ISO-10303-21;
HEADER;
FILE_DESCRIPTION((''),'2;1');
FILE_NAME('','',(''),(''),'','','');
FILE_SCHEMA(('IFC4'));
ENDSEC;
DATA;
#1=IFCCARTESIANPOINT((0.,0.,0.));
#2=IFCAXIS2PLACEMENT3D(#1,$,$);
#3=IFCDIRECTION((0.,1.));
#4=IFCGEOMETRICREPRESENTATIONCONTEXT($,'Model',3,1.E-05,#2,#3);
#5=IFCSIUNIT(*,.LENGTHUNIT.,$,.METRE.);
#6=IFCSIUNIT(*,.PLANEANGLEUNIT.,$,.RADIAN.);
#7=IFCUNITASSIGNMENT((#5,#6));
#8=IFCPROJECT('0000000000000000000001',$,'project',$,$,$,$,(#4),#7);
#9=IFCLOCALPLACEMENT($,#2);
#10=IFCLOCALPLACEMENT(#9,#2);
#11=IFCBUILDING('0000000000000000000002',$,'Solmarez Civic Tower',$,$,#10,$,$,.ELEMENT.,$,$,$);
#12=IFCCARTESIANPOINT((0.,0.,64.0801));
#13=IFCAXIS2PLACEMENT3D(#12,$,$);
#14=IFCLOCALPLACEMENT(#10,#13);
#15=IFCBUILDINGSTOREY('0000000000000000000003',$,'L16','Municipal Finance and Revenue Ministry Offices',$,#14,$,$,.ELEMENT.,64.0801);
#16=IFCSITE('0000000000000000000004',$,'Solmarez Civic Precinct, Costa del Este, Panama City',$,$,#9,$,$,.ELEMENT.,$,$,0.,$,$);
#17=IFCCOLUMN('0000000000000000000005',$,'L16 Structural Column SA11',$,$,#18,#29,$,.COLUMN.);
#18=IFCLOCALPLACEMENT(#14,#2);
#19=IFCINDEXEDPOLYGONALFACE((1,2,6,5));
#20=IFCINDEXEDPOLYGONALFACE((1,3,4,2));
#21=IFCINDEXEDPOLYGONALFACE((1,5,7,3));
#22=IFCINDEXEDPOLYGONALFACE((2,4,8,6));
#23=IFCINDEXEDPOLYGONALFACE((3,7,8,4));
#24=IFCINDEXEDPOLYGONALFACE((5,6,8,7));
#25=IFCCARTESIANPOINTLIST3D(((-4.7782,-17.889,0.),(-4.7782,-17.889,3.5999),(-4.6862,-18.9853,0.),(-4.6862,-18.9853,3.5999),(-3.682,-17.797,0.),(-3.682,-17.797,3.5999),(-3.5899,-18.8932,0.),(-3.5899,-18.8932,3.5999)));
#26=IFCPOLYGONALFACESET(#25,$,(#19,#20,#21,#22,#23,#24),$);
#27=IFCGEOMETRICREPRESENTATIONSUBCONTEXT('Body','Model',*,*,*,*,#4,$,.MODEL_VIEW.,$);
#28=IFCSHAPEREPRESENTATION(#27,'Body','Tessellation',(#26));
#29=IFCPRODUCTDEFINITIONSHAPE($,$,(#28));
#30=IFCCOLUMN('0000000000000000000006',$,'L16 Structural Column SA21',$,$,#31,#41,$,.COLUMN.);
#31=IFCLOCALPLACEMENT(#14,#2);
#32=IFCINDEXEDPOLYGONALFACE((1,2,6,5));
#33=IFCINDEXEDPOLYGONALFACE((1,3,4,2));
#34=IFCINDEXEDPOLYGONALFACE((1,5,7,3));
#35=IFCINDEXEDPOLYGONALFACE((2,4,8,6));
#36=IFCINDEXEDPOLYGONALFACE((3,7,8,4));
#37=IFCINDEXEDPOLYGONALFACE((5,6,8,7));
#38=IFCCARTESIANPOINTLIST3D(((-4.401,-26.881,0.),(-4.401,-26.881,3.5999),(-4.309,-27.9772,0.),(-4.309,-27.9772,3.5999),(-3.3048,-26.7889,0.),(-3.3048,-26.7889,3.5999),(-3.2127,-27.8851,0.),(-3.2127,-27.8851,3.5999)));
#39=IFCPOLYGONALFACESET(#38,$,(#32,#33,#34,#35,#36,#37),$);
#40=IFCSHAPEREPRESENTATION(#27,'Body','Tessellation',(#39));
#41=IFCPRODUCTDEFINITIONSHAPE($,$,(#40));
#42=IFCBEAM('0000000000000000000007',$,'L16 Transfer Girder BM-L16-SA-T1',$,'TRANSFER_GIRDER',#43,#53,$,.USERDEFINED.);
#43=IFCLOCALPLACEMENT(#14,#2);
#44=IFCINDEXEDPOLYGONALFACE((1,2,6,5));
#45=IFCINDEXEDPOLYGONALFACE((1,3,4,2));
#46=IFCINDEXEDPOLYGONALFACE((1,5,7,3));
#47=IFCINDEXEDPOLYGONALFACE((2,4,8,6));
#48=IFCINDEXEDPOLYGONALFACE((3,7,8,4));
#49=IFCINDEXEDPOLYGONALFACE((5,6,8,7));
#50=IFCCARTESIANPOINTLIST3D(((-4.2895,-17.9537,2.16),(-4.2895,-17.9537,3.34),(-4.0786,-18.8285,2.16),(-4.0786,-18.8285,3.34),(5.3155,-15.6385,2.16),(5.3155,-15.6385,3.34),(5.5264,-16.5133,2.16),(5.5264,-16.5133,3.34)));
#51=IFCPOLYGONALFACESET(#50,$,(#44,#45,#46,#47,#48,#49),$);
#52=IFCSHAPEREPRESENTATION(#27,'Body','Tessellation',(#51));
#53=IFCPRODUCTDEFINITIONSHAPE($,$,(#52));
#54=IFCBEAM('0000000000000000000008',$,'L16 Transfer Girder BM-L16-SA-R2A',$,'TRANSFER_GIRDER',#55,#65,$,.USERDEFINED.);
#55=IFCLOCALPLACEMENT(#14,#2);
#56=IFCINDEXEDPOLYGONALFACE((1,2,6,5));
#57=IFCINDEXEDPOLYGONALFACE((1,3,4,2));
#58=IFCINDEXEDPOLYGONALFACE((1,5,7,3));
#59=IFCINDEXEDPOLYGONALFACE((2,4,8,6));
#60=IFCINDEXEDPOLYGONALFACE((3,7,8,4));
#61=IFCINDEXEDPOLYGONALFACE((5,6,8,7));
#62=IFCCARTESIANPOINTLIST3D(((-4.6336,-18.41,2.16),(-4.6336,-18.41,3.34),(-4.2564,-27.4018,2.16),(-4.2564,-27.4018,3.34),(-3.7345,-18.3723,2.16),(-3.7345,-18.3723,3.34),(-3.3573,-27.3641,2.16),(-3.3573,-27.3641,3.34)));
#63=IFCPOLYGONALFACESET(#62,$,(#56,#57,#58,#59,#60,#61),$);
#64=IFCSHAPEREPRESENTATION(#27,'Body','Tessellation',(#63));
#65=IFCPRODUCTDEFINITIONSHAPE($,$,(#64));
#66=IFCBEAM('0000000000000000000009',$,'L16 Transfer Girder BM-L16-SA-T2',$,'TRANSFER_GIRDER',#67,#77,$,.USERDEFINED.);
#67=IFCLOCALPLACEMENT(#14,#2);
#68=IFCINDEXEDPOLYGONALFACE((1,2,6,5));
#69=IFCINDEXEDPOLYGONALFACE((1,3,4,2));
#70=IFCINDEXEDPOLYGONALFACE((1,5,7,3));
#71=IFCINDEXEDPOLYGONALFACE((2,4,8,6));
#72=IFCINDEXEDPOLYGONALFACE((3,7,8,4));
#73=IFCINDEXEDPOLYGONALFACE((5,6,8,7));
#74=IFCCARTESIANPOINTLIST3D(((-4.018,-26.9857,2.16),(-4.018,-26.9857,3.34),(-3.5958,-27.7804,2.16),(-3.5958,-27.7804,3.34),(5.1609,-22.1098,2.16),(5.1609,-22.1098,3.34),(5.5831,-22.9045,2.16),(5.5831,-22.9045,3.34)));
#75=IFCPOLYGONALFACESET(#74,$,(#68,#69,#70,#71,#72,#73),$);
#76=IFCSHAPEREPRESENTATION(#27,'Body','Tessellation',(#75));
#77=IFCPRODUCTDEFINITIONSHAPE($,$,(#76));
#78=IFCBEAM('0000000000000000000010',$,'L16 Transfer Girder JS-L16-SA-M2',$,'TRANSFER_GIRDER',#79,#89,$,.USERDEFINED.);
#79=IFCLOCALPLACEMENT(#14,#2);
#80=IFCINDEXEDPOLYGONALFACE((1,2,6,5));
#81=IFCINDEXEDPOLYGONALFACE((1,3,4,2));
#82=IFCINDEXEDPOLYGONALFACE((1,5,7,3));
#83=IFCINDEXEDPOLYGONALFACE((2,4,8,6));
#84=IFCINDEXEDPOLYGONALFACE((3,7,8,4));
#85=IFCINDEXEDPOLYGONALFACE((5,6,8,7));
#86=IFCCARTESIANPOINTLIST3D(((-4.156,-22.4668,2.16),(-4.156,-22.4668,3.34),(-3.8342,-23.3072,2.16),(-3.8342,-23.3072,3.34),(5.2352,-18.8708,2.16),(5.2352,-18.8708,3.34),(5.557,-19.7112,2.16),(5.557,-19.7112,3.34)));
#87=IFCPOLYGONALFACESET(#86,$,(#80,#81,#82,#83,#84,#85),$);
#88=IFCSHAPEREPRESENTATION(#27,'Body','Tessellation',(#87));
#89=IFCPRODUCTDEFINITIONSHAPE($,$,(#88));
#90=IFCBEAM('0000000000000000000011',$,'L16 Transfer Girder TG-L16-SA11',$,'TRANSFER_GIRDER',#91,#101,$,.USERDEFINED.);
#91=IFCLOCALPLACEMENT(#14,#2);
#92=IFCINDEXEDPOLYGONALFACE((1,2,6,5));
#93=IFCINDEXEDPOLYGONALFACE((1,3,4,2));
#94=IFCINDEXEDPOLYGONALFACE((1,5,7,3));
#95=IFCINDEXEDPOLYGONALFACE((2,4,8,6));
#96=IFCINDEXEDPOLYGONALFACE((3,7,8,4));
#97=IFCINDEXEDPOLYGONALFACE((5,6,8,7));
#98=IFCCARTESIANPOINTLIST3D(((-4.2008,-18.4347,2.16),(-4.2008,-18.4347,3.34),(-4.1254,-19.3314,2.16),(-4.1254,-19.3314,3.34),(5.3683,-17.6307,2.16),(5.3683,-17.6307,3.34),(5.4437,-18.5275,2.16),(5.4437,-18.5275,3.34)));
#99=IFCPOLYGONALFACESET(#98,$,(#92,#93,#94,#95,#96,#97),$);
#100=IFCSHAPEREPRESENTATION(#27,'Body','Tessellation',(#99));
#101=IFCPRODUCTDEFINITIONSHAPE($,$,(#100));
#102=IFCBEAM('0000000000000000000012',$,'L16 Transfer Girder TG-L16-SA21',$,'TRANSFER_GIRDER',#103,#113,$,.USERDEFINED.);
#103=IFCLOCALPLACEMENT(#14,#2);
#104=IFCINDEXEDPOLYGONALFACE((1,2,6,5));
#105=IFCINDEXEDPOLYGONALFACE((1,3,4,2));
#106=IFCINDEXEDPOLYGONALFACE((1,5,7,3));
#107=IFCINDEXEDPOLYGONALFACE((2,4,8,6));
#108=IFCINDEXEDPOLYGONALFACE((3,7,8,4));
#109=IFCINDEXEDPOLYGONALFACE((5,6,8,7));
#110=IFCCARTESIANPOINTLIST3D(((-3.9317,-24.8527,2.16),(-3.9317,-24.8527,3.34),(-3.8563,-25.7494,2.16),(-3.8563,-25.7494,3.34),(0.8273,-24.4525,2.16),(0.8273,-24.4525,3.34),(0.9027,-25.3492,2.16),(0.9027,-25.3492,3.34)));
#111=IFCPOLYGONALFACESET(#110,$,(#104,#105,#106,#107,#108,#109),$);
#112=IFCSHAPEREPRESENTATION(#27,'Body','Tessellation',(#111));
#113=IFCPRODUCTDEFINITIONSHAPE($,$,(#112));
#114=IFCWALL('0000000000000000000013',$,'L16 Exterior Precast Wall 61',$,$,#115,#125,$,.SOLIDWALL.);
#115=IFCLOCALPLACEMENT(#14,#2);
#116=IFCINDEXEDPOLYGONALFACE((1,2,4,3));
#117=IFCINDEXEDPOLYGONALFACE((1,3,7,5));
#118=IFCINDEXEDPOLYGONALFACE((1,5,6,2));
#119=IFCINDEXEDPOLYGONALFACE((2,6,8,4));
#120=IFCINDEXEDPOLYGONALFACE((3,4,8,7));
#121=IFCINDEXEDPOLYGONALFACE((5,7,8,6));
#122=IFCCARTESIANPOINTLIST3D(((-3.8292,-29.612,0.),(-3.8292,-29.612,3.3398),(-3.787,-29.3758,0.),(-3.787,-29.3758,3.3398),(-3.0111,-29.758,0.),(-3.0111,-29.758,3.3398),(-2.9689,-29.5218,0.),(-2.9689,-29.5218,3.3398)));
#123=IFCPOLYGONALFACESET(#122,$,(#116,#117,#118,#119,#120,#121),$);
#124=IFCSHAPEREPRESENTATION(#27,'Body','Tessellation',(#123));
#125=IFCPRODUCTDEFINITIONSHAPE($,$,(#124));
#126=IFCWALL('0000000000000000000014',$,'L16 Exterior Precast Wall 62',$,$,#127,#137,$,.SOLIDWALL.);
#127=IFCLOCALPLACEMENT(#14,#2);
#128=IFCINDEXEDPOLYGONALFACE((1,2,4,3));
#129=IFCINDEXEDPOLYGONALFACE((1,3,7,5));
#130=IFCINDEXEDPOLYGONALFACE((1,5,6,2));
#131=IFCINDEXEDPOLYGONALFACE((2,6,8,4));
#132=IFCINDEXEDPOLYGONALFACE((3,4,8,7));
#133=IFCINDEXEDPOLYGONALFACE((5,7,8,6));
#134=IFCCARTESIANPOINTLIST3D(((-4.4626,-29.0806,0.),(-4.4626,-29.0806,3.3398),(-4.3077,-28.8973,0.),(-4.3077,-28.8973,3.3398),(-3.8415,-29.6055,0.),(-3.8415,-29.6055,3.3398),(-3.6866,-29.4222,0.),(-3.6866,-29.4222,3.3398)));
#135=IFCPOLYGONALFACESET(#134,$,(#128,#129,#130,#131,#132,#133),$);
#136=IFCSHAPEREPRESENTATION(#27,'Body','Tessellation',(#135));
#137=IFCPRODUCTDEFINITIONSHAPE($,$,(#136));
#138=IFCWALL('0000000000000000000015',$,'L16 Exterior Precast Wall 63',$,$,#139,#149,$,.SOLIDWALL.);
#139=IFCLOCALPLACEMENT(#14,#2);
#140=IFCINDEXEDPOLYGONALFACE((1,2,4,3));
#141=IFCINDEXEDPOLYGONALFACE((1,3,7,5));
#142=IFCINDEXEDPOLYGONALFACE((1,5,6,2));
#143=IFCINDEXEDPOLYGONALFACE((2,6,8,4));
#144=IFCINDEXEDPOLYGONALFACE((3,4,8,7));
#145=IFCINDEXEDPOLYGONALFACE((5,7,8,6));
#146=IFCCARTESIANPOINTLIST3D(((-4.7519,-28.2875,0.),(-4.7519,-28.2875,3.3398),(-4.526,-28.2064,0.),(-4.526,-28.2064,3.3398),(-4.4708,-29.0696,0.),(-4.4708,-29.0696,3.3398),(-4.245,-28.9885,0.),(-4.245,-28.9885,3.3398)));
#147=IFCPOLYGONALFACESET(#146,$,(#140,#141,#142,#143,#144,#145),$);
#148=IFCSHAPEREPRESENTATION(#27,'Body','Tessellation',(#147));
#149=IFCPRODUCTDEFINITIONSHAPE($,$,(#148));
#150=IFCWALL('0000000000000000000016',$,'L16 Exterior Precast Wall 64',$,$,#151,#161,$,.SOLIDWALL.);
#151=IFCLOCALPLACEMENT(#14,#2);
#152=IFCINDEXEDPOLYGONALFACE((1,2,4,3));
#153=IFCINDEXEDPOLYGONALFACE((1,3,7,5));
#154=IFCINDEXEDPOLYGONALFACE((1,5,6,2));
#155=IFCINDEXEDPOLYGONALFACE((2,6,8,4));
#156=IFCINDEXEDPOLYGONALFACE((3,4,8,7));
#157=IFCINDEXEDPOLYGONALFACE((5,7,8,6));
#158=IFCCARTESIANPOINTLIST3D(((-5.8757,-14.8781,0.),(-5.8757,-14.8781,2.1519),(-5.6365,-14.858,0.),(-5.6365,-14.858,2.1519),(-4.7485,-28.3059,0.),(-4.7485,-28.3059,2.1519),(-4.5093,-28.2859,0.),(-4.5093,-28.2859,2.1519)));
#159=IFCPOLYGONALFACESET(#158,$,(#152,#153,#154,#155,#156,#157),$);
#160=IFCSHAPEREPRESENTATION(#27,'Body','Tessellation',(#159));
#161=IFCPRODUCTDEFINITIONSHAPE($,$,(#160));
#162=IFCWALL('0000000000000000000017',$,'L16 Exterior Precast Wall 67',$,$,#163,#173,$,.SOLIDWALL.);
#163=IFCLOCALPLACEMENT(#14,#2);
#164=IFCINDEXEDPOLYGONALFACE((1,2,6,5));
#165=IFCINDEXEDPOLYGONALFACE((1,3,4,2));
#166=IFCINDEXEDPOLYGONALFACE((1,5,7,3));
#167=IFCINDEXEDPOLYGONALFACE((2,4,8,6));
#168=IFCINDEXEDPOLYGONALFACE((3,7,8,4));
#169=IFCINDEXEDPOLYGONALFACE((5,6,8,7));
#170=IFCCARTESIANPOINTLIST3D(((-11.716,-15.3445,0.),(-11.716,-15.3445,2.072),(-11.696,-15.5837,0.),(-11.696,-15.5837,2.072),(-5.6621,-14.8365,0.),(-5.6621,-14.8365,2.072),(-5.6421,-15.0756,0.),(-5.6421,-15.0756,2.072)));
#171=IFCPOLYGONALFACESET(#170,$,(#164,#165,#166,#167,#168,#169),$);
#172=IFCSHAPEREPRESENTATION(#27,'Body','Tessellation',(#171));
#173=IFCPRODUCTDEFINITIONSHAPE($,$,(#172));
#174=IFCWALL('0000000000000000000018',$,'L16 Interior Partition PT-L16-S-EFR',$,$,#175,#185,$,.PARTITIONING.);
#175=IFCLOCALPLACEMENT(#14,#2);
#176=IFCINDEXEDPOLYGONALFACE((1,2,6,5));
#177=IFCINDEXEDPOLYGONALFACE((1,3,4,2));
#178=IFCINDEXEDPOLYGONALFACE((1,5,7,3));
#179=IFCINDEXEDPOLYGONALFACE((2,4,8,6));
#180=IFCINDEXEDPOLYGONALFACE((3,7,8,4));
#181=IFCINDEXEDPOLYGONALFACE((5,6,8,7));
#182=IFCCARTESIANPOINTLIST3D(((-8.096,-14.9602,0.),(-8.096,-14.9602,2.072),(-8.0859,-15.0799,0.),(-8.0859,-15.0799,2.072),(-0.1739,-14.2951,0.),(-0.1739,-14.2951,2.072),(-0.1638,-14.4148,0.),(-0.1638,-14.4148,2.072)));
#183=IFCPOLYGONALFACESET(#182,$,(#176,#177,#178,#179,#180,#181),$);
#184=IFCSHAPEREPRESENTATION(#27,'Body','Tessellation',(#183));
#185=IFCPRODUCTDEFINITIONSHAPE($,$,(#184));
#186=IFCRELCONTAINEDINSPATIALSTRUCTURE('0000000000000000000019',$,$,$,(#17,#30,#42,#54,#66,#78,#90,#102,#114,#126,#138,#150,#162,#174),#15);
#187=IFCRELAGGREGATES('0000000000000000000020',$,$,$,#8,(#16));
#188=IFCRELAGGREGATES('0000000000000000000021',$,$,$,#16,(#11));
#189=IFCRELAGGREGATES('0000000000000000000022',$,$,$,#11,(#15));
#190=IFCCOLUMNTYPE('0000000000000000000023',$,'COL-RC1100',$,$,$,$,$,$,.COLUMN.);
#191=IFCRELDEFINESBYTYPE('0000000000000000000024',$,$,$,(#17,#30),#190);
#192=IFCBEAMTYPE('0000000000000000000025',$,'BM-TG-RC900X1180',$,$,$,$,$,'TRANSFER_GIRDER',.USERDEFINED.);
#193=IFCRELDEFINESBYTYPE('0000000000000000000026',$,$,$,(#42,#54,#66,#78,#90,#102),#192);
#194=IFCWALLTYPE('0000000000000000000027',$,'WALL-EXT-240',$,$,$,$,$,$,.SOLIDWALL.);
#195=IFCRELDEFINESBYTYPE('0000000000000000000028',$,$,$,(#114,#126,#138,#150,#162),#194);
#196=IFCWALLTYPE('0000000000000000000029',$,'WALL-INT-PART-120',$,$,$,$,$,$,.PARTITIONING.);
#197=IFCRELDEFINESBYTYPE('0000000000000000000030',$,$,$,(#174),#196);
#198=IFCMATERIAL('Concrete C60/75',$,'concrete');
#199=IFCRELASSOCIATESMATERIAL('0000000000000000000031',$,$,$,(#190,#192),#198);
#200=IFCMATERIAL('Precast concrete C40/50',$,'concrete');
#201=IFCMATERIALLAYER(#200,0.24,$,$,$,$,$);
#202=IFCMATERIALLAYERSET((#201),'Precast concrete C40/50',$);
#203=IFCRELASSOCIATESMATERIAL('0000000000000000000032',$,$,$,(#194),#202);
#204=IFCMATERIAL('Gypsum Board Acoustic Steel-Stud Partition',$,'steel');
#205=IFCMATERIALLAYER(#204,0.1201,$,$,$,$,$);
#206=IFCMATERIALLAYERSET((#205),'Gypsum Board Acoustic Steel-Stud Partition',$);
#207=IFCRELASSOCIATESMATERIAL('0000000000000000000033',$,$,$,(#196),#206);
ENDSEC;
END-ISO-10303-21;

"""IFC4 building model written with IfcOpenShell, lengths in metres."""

from ifc_helpers import new_model, si_unit, direction, frame, frame_2d, origin, origin_2d, place, context, subcontext, project, spatial, rectangle, extrude, material, layer, layer_set, material_profile, profile_set, type_object, element, save


model = new_model("IFC4")

# Units and contexts
model_context = context("Model", 3, precision=1e-05, world=origin(), true_north=direction((0.0, 1.0)))
body_context = subcontext(model_context, "Body", "Model", "MODEL_VIEW")
ifc_project = project(units=[si_unit("LENGTHUNIT", "METRE"), si_unit("PLANEANGLEUNIT", "RADIAN")], contexts=[model_context])

# Site, building, storey
site_placement = place(None, origin())
site = spatial("IfcSite", under=ifc_project, at=site_placement, Name="Solmarez Civic Precinct, Costa del Este, Panama City", CompositionType="ELEMENT", RefElevation=0.0)
building_placement = place(site_placement, origin())
building = spatial("IfcBuilding", under=site, at=building_placement, Name="Solmarez Civic Tower", CompositionType="ELEMENT")
storey_placement = place(building_placement, frame((0.0, 0.0, 64.0801)))
storey = spatial("IfcBuildingStorey", under=building, at=storey_placement, Name="L16", Description="Municipal Finance and Revenue Ministry Offices", CompositionType="ELEMENT", Elevation=64.0801)

# Columns
ifc_material_1 = material(Name="Concrete C60/75", Category="concrete")
ifc_material_profile_1 = material_profile(ifc_material_1, rectangle(XDim=1.1001, YDim=1.1001, at=origin_2d()), Name="RC1100X1100")
ifc_profile_set_1 = profile_set([ifc_material_profile_1], Name="Concrete C60/75")
column_type = type_object("IfcColumnType", Name="COL-RC1100", PredefinedType="COLUMN", material=ifc_profile_set_1)
for number, where, z_axis, x_axis, name in (
    (1, (-4.1841, -18.3911, 0.0), (0.0, 0.0, 1.0), (0.996493, 0.083678, 0.0), "L16 Structural Column SA11"),
    (2, (-3.8069, -27.3831, 0.0), (0.0, 0.0, 1.0), (0.996493, 0.083678, 0.0), "L16 Structural Column SA21"),
):
    element("IfcColumn", number, at=place(storey_placement, frame(where, z_axis=z_axis, x_axis=x_axis)), inside=storey, type_object=column_type, Name=name, PredefinedType="COLUMN", context=body_context, shape_type="SweptSolid", body=[
        extrude(rectangle(XDim=1.1001, YDim=1.1001, at=origin_2d()), origin(), (0.0, 0.0, 1.0), 3.5999),
    ])

# Beams
ifc_material_profile_2 = material_profile(ifc_material_1, rectangle(XDim=0.8999, YDim=1.1799, at=origin_2d()), Name="RC900X1180")
ifc_profile_set_2 = profile_set([ifc_material_profile_2], Name="Concrete C60/75")
beam_type = type_object("IfcBeamType", Name="BM-TG-RC900X1180", ElementType="TRANSFER_GIRDER", PredefinedType="USERDEFINED", material=ifc_profile_set_2)
beam_1_placement = place(storey_placement, frame((-4.1841, -18.3911, 2.75), z_axis=(0.972157, 0.234329, 0.0), x_axis=(-0.234329, 0.972157, 0.0)))
element("IfcBeam", 3, at=beam_1_placement, inside=storey, type_object=beam_type, Name="L16 Transfer Girder BM-L16-SA-T1", ObjectType="TRANSFER_GIRDER", PredefinedType="USERDEFINED", context=body_context, shape_type="SweptSolid", body=[
    extrude(rectangle(XDim=0.8999, YDim=1.1799, at=origin_2d()), origin(), (0.0, 0.0, 1.0), 9.8801),
])
beam_2_placement = place(storey_placement, frame((-4.1841, -18.3911, 2.75), z_axis=(0.041911, -0.999121, 0.0), x_axis=(0.999121, 0.041911, 0.0)))
element("IfcBeam", 4, at=beam_2_placement, inside=storey, type_object=beam_type, Name="L16 Transfer Girder BM-L16-SA-R2A", ObjectType="TRANSFER_GIRDER", PredefinedType="USERDEFINED", context=body_context, shape_type="SweptSolid", body=[
    extrude(rectangle(XDim=0.8999, YDim=1.1799, at=origin_2d()), origin(), (0.0, 0.0, 1.0), 8.9998),
])
beam_3_placement = place(storey_placement, frame((-3.8069, -27.3831, 2.75), z_axis=(0.883129, 0.469129, 0.0), x_axis=(-0.469129, 0.883129, 0.0)))
element("IfcBeam", 5, at=beam_3_placement, inside=storey, type_object=beam_type, Name="L16 Transfer Girder BM-L16-SA-T2", ObjectType="TRANSFER_GIRDER", PredefinedType="USERDEFINED", context=body_context, shape_type="SweptSolid", body=[
    extrude(rectangle(XDim=0.8999, YDim=1.1799, at=origin_2d()), origin(), (0.0, 0.0, 1.0), 10.3936),
])
beam_4_placement = place(storey_placement, frame((-3.9951, -22.887, 2.75), z_axis=(0.933878, 0.357591, 0.0), x_axis=(-0.357591, 0.933878, 0.0)))
element("IfcBeam", 6, at=beam_4_placement, inside=storey, type_object=beam_type, Name="L16 Transfer Girder JS-L16-SA-M2", ObjectType="TRANSFER_GIRDER", PredefinedType="USERDEFINED", context=body_context, shape_type="SweptSolid", body=[
    extrude(rectangle(XDim=0.8999, YDim=1.1799, at=origin_2d()), origin(), (0.0, 0.0, 1.0), 10.0562),
])
beam_5_placement = place(storey_placement, frame((-4.1631, -18.8831, 2.75), z_axis=(0.996489, 0.083721, 0.0), x_axis=(-0.083721, 0.996489, 0.0)))
element("IfcBeam", 7, at=beam_5_placement, inside=storey, type_object=beam_type, Name="L16 Transfer Girder TG-L16-SA11", ObjectType="TRANSFER_GIRDER", PredefinedType="USERDEFINED", context=body_context, shape_type="SweptSolid", body=[
    extrude(rectangle(XDim=0.8999, YDim=1.1799, at=origin_2d()), origin(), (0.0, 0.0, 1.0), 9.6028),
])
beam_6_placement = place(storey_placement, frame((-3.894, -25.301, 2.75), z_axis=(0.996484, 0.083786, 0.0), x_axis=(-0.083786, 0.996484, 0.0)))
element("IfcBeam", 8, at=beam_6_placement, inside=storey, type_object=beam_type, Name="L16 Transfer Girder TG-L16-SA21", ObjectType="TRANSFER_GIRDER", PredefinedType="USERDEFINED", context=body_context, shape_type="SweptSolid", body=[
    extrude(rectangle(XDim=0.8999, YDim=1.1799, at=origin_2d()), origin(), (0.0, 0.0, 1.0), 4.7759),
])

# Walls
ifc_material_2 = material(Name="Precast concrete C40/50", Category="concrete")
ifc_layer_1 = layer(ifc_material_2, 0.24)
ifc_layer_set_1 = layer_set([ifc_layer_1], Name="Precast concrete C40/50")
wall_type_1 = type_object("IfcWallType", Name="WALL-EXT-240", PredefinedType="SOLIDWALL", material=ifc_layer_set_1)
wall_1_placement = place(storey_placement, frame((-2.99, -29.6399, 0.0), z_axis=(0.0, 0.0, 1.0), x_axis=(-0.984448, 0.175679, 0.0)))
element("IfcWall", 9, at=wall_1_placement, inside=storey, type_object=wall_type_1, Name="L16 Exterior Precast Wall 61", PredefinedType="SOLIDWALL", context=body_context, shape_type="SweptSolid", body=[
    extrude(rectangle(XDim=0.8311, YDim=0.24, at=frame_2d((0.4155, 0.0))), origin(), (0.0, 0.0, 1.0), 3.3398),
])
wall_2_placement = place(storey_placement, frame((-3.7639, -29.5139, 0.0), z_axis=(0.0, 0.0, 1.0), x_axis=(-0.763773, 0.645485, 0.0)))
element("IfcWall", 10, at=wall_2_placement, inside=storey, type_object=wall_type_1, Name="L16 Exterior Precast Wall 62", PredefinedType="SOLIDWALL", context=body_context, shape_type="SweptSolid", body=[
    extrude(rectangle(XDim=0.8132, YDim=0.24, at=frame_2d((0.4067, 0.0))), origin(), (0.0, 0.0, 1.0), 3.3398),
])
wall_3_placement = place(storey_placement, frame((-4.3579, -29.0291, 0.0), z_axis=(0.0, 0.0, 1.0), x_axis=(-0.338178, 0.941082, 0.0)))
element("IfcWall", 11, at=wall_3_placement, inside=storey, type_object=wall_type_1, Name="L16 Exterior Precast Wall 63", PredefinedType="SOLIDWALL", context=body_context, shape_type="SweptSolid", body=[
    extrude(rectangle(XDim=0.8311, YDim=0.24, at=frame_2d((0.4155, 0.0))), origin(), (0.0, 0.0, 1.0), 3.3398),
])
wall_4_placement = place(storey_placement, frame((-4.6289, -28.2959, 0.0), z_axis=(0.0, 0.0, 1.0), x_axis=(-0.08365, 0.996495, 0.0)))
element("IfcWall", 12, at=wall_4_placement, inside=storey, type_object=wall_type_1, Name="L16 Exterior Precast Wall 64", PredefinedType="SOLIDWALL", context=body_context, shape_type="SweptSolid", body=[
    extrude(rectangle(XDim=13.4751, YDim=0.24, at=frame_2d((6.7375, 0.0))), origin(), (0.0, 0.0, 1.0), 2.1519),
])
wall_5_placement = place(storey_placement, frame((-5.6521, -14.9561, 0.0), z_axis=(0.0, 0.0, 1.0), x_axis=(-0.996497, -0.083627, 0.0)))
element("IfcWall", 13, at=wall_5_placement, inside=storey, type_object=wall_type_1, Name="L16 Exterior Precast Wall 67", PredefinedType="SOLIDWALL", context=body_context, shape_type="SweptSolid", body=[
    extrude(rectangle(XDim=6.0752, YDim=0.24, at=frame_2d((3.0376, 0.0))), origin(), (0.0, 0.0, 1.0), 2.072),
])
ifc_material_3 = material(Name="Gypsum Board Acoustic Steel-Stud Partition", Category="steel")
ifc_layer_2 = layer(ifc_material_3, 0.1201)
ifc_layer_set_2 = layer_set([ifc_layer_2], Name="Gypsum Board Acoustic Steel-Stud Partition")
wall_type_2 = type_object("IfcWallType", Name="WALL-INT-PART-120", PredefinedType="PARTITIONING", material=ifc_layer_set_2)
wall_6_placement = place(storey_placement, frame((-8.0911, -15.02, 0.0), z_axis=(0.0, 0.0, 1.0), x_axis=(0.996495, 0.083653, 0.0)))
element("IfcWall", 14, at=wall_6_placement, inside=storey, type_object=wall_type_2, Name="L16 Interior Partition PT-L16-S-EFR", PredefinedType="PARTITIONING", context=body_context, shape_type="SweptSolid", body=[
    extrude(rectangle(XDim=7.95, YDim=0.1201, at=frame_2d((3.9751, 0.0))), origin(), (0.0, 0.0, 1.0), 2.072),
])

save(model, "model.ifc")
